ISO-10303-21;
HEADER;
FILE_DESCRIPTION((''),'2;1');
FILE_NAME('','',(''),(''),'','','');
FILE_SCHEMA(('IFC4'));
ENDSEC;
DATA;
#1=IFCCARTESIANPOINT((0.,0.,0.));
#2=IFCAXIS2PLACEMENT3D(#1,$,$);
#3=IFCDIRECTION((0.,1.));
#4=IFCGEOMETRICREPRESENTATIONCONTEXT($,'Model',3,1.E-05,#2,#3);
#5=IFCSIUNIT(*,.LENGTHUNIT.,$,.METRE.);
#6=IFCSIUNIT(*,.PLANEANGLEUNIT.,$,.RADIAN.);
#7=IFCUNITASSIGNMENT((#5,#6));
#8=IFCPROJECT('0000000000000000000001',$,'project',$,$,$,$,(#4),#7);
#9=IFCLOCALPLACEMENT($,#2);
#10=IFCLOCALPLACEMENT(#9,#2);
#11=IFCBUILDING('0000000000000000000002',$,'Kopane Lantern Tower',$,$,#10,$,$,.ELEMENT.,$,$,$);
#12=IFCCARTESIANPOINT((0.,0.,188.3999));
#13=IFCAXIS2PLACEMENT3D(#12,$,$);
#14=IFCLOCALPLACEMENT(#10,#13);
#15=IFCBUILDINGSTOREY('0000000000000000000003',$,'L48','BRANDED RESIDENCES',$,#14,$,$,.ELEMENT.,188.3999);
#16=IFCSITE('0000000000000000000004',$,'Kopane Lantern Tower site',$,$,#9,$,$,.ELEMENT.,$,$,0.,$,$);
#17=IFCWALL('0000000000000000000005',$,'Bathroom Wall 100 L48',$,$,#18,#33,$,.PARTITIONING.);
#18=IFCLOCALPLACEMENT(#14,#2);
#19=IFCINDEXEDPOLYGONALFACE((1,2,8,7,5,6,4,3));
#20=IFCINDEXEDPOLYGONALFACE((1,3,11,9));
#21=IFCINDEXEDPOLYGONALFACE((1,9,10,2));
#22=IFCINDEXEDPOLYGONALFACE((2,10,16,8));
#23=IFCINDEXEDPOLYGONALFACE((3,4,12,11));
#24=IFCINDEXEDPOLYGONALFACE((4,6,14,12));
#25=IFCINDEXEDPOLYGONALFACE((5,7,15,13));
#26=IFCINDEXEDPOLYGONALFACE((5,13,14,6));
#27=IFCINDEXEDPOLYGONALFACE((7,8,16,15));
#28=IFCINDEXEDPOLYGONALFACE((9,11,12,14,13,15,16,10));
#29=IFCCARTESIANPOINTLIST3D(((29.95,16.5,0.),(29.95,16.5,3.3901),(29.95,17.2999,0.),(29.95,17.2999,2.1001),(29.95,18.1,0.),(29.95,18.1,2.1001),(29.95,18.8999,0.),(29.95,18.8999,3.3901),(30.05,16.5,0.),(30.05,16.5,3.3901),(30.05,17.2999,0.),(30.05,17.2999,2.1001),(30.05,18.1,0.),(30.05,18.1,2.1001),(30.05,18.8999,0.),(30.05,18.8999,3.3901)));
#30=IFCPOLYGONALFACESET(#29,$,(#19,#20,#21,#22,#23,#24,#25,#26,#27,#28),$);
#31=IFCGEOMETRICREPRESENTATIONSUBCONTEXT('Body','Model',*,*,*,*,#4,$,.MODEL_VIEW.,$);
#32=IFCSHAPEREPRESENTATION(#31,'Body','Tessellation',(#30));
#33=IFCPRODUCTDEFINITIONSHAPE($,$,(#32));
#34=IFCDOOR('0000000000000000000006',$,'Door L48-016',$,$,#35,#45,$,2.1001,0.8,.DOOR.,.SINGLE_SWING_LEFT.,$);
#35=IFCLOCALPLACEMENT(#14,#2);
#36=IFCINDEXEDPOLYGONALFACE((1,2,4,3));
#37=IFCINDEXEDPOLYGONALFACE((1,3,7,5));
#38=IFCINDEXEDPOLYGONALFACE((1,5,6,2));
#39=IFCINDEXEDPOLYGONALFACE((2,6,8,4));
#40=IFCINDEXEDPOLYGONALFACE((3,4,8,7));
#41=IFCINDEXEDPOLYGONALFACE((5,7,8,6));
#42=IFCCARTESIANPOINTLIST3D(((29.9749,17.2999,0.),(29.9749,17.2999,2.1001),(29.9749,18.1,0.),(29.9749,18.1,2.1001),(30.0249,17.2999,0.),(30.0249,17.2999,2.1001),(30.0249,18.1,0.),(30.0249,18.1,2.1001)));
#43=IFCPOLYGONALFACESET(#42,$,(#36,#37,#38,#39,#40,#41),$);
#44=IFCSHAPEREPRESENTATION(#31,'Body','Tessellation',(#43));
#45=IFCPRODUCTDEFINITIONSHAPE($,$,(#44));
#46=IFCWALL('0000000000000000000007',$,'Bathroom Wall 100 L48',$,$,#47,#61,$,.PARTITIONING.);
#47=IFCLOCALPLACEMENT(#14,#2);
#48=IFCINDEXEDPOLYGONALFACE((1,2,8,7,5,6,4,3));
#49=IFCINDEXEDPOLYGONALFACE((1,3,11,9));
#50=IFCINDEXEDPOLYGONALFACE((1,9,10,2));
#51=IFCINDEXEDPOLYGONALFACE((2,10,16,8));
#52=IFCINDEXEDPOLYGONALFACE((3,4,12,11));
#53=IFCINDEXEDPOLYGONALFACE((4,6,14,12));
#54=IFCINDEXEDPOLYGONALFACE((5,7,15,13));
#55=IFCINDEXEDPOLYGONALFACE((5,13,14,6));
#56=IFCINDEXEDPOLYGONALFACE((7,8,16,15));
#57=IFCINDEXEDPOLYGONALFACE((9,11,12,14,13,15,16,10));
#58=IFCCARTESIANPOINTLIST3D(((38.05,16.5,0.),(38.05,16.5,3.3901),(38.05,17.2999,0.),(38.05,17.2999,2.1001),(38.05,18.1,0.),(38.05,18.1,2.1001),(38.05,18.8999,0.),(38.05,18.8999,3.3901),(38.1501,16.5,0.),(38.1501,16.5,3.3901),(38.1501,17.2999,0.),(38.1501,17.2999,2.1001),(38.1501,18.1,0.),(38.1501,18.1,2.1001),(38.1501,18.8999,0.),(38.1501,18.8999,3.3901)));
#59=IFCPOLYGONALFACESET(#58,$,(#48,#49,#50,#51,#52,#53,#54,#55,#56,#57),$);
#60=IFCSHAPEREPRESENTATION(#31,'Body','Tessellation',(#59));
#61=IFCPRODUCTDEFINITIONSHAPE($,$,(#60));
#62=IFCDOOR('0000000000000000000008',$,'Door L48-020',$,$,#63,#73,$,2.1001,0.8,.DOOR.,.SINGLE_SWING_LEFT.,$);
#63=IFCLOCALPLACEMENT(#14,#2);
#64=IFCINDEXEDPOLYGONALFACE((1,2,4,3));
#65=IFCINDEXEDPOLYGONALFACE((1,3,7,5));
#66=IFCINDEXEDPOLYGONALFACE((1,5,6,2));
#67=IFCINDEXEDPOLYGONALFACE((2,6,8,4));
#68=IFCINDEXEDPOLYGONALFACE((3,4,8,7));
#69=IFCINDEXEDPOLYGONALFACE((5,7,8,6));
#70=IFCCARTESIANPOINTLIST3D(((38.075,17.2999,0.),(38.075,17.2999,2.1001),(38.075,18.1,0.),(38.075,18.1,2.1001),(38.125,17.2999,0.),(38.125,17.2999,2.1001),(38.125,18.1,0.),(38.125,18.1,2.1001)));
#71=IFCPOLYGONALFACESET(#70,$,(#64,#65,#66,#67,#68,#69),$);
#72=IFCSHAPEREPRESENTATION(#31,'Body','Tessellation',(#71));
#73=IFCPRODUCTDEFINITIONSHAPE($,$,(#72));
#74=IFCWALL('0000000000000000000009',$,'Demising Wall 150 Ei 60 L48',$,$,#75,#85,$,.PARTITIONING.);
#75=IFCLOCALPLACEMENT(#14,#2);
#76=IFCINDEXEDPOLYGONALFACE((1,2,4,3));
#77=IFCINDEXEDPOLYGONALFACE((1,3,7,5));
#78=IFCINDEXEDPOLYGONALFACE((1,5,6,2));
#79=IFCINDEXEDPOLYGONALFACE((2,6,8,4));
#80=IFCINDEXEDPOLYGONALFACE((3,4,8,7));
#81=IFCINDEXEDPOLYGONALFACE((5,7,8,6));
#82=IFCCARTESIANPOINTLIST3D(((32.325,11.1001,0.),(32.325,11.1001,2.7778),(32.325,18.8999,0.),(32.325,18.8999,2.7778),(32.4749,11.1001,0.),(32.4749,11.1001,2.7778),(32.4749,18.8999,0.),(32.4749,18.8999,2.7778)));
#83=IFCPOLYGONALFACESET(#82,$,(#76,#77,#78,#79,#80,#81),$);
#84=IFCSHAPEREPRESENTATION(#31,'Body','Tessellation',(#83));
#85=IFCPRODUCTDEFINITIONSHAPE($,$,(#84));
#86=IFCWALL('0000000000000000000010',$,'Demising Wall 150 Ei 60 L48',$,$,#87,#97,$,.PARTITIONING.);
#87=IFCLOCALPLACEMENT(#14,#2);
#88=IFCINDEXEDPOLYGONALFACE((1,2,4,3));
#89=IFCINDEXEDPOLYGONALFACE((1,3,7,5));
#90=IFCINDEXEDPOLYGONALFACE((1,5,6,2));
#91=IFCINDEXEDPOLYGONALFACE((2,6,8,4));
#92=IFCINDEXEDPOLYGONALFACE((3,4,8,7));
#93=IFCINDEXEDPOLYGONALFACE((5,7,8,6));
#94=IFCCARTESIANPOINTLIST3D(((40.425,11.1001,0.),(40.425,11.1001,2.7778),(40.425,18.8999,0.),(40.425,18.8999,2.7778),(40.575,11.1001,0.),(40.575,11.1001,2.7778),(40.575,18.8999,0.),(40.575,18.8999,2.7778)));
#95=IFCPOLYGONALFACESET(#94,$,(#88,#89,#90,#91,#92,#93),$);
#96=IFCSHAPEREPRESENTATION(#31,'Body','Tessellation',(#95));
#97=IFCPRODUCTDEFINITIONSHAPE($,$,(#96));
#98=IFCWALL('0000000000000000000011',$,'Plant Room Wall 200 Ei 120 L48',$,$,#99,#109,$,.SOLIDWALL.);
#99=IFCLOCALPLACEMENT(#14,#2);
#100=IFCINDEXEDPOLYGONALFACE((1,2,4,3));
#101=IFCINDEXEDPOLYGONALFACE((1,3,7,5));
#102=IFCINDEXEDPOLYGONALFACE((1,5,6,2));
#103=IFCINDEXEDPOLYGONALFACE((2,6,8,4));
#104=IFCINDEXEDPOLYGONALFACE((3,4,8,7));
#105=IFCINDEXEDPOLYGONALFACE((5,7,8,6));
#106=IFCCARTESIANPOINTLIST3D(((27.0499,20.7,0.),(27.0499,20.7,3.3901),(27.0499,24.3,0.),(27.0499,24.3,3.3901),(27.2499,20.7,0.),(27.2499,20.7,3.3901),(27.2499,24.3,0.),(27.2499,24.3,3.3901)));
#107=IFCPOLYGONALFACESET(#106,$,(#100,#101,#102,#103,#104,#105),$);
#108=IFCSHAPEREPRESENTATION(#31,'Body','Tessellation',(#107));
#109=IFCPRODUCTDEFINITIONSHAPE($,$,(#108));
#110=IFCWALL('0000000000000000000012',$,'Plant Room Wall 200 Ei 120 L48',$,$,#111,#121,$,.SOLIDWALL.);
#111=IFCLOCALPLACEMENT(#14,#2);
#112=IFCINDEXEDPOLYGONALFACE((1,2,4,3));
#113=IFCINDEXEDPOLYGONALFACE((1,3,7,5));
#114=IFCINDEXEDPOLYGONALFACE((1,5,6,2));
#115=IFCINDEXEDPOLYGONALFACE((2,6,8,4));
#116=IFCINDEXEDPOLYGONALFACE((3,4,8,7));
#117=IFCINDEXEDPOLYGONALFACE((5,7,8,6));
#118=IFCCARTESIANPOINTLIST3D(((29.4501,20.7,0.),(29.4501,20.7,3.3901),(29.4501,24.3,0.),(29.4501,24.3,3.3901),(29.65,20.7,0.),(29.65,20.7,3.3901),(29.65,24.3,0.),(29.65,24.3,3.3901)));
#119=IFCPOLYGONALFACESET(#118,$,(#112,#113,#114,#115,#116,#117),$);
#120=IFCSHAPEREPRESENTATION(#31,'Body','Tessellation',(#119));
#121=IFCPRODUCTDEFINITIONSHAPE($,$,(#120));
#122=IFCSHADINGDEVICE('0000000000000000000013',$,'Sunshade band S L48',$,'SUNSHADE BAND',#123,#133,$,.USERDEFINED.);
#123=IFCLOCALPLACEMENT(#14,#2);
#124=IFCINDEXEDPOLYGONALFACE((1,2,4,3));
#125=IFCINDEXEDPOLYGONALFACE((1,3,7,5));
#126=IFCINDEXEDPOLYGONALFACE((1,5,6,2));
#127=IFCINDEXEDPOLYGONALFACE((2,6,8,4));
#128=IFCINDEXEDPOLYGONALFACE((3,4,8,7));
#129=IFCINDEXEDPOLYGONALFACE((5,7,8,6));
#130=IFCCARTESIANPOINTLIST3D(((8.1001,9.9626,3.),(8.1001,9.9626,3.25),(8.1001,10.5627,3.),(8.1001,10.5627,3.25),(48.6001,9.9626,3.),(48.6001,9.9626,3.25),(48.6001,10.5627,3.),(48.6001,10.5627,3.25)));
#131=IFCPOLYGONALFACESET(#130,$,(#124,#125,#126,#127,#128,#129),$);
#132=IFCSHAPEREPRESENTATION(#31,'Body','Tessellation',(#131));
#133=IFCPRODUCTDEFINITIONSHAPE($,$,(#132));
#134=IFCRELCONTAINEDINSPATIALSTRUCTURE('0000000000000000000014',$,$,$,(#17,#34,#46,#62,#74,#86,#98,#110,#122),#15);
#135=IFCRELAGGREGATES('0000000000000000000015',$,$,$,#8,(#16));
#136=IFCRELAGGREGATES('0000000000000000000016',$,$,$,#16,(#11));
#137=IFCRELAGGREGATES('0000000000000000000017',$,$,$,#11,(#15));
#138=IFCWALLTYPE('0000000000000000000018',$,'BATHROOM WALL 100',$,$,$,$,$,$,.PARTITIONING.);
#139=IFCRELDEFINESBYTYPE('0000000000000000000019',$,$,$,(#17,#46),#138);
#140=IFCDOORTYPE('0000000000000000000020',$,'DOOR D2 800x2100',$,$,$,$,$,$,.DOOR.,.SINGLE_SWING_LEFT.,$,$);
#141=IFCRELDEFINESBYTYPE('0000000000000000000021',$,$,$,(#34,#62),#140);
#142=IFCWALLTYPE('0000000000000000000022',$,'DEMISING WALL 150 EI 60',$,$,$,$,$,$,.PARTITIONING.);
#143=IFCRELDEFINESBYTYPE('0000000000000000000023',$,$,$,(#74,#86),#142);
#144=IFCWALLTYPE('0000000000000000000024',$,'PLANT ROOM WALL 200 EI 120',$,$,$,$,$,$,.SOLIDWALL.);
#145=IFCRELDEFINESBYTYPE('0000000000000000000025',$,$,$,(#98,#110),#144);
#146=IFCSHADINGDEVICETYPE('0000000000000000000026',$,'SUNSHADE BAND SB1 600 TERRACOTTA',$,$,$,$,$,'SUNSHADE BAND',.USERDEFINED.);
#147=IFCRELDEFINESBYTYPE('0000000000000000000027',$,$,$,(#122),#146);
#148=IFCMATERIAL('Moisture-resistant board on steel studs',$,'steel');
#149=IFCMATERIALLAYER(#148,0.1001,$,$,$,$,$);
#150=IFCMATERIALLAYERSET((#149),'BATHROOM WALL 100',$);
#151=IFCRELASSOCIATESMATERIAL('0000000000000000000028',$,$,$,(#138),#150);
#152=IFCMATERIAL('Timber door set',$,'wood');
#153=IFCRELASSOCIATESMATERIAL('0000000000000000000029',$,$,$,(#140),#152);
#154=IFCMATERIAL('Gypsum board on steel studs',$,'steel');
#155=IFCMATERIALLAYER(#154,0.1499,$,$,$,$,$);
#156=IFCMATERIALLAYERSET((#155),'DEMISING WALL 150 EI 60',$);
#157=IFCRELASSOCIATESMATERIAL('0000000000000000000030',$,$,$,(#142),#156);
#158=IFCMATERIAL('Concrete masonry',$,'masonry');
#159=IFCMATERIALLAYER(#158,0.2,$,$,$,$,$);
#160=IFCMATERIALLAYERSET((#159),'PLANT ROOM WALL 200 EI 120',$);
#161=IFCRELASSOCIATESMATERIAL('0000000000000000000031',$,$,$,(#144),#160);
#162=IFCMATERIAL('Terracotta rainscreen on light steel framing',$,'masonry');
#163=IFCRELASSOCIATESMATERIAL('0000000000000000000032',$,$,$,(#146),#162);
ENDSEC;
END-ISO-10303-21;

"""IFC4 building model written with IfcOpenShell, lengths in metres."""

from ifc_helpers import new_model, si_unit, direction, frame, frame_2d, origin, origin_2d, place, context, subcontext, project, spatial, rectangle, extrude, material, layer, layer_set, type_object, element, fill, save


model = new_model("IFC4")

# Units and contexts
model_context = context("Model", 3, precision=1e-05, world=origin(), true_north=direction((0.0, 1.0)))
body_context = subcontext(model_context, "Body", "Model", "MODEL_VIEW")
ifc_project = project(units=[si_unit("LENGTHUNIT", "METRE"), si_unit("PLANEANGLEUNIT", "RADIAN")], contexts=[model_context])

# Site, building, storey
site_placement = place(None, origin())
site = spatial("IfcSite", under=ifc_project, at=site_placement, Name="Kopane Lantern Tower site", CompositionType="ELEMENT", RefElevation=0.0)
building_placement = place(site_placement, origin())
building = spatial("IfcBuilding", under=site, at=building_placement, Name="Kopane Lantern Tower", CompositionType="ELEMENT")
storey_placement = place(building_placement, frame((0.0, 0.0, 188.3999)))
storey = spatial("IfcBuildingStorey", under=building, at=storey_placement, Name="L48", Description="BRANDED RESIDENCES", CompositionType="ELEMENT", Elevation=188.3999)

# Walls, openings, doors
ifc_material_1 = material(Name="Moisture-resistant board on steel studs", Category="steel")
ifc_layer_1 = layer(ifc_material_1, 0.1001)
ifc_layer_set_1 = layer_set([ifc_layer_1], Name="BATHROOM WALL 100")
wall_type_1 = type_object("IfcWallType", Name="BATHROOM WALL 100", PredefinedType="PARTITIONING", material=ifc_layer_set_1)
wall_1_placement = place(storey_placement, frame((30.0, 18.8999, 0.0), z_axis=(0.0, 0.0, 1.0), x_axis=(0.0, -1.0, 0.0)))
wall_1 = element("IfcWall", 1, at=wall_1_placement, inside=storey, type_object=wall_type_1, Name="Bathroom Wall 100 L48", PredefinedType="PARTITIONING", context=body_context, shape_type="SweptSolid", body=[
    extrude(rectangle(XDim=2.3999, YDim=0.1001, at=frame_2d((1.2, 0.0))), origin(), (0.0, 0.0, 1.0), 3.3901),
])
opening_1_placement = place(wall_1_placement, frame((0.8, 0.0, 0.0)))
opening_1 = element("IfcOpeningElement", 2, at=opening_1_placement, cuts=wall_1, PredefinedType="OPENING", context=body_context, shape_type="SweptSolid", body=[
    extrude(rectangle(XDim=0.8, YDim=2.1001, at=frame_2d((0.3999, 1.05))), frame((0.0, 0.0601, 0.0), z_axis=(0.0, -1.0, 0.0), x_axis=(1.0, 0.0, 0.0)), (0.0, 0.0, 1.0), 0.1201),
])
ifc_material_2 = material(Name="Timber door set", Category="wood")
door_type = type_object("IfcDoorType", Name="DOOR D2 800x2100", OperationType="SINGLE_SWING_LEFT", PredefinedType="DOOR", material=ifc_material_2)
door_1_placement = place(opening_1_placement, origin())
door_1 = element("IfcDoor", 3, at=door_1_placement, inside=storey, type_object=door_type, Name="Door L48-016", OperationType="SINGLE_SWING_LEFT", OverallHeight=2.1001, OverallWidth=0.8, PredefinedType="DOOR", context=body_context, shape_type="SweptSolid", body=[
    extrude(rectangle(XDim=0.8, YDim=2.1001, at=frame_2d((0.3999, 1.05))), frame((0.0, 0.0249, 0.0), z_axis=(0.0, -1.0, 0.0), x_axis=(1.0, 0.0, 0.0)), (0.0, 0.0, 1.0), 0.05),
])
fill(opening_1, door_1)
wall_2_placement = place(storey_placement, frame((38.1001, 18.8999, 0.0), z_axis=(0.0, 0.0, 1.0), x_axis=(0.0, -1.0, 0.0)))
wall_2 = element("IfcWall", 4, at=wall_2_placement, inside=storey, type_object=wall_type_1, Name="Bathroom Wall 100 L48", PredefinedType="PARTITIONING", context=body_context, shape_type="SweptSolid", body=[
    extrude(rectangle(XDim=2.3999, YDim=0.1001, at=frame_2d((1.2, 0.0))), origin(), (0.0, 0.0, 1.0), 3.3901),
])
opening_2_placement = place(wall_2_placement, frame((0.8, 0.0, 0.0)))
opening_2 = element("IfcOpeningElement", 5, at=opening_2_placement, cuts=wall_2, PredefinedType="OPENING", context=body_context, shape_type="SweptSolid", body=[
    extrude(rectangle(XDim=0.8, YDim=2.1001, at=frame_2d((0.3999, 1.05))), frame((0.0, 0.0601, 0.0), z_axis=(0.0, -1.0, 0.0), x_axis=(1.0, 0.0, 0.0)), (0.0, 0.0, 1.0), 0.1201),
])
door_2_placement = place(opening_2_placement, origin())
door_2 = element("IfcDoor", 6, at=door_2_placement, inside=storey, type_object=door_type, Name="Door L48-020", OperationType="SINGLE_SWING_LEFT", OverallHeight=2.1001, OverallWidth=0.8, PredefinedType="DOOR", context=body_context, shape_type="SweptSolid", body=[
    extrude(rectangle(XDim=0.8, YDim=2.1001, at=frame_2d((0.3999, 1.05))), frame((0.0, 0.0249, 0.0), z_axis=(0.0, -1.0, 0.0), x_axis=(1.0, 0.0, 0.0)), (0.0, 0.0, 1.0), 0.05),
])
fill(opening_2, door_2)

# Walls
ifc_material_3 = material(Name="Gypsum board on steel studs", Category="steel")
ifc_layer_2 = layer(ifc_material_3, 0.1499)
ifc_layer_set_2 = layer_set([ifc_layer_2], Name="DEMISING WALL 150 EI 60")
wall_type_2 = type_object("IfcWallType", Name="DEMISING WALL 150 EI 60", PredefinedType="PARTITIONING", material=ifc_layer_set_2)
for number, where, z_axis, x_axis, name in (
    (7, (32.3999, 18.8999, 0.0), (0.0, 0.0, 1.0), (0.0, -1.0, 0.0), "Demising Wall 150 Ei 60 L48"),
    (8, (40.5, 18.8999, 0.0), (0.0, 0.0, 1.0), (0.0, -1.0, 0.0), "Demising Wall 150 Ei 60 L48"),
):
    element("IfcWall", number, at=place(storey_placement, frame(where, z_axis=z_axis, x_axis=x_axis)), inside=storey, type_object=wall_type_2, Name=name, PredefinedType="PARTITIONING", context=body_context, shape_type="SweptSolid", body=[
        extrude(rectangle(XDim=7.7998, YDim=0.1499, at=frame_2d((3.8999, 0.0))), origin(), (0.0, 0.0, 1.0), 2.7778),
    ])
ifc_material_4 = material(Name="Concrete masonry", Category="masonry")
ifc_layer_3 = layer(ifc_material_4, 0.2)
ifc_layer_set_3 = layer_set([ifc_layer_3], Name="PLANT ROOM WALL 200 EI 120")
wall_type_3 = type_object("IfcWallType", Name="PLANT ROOM WALL 200 EI 120", PredefinedType="SOLIDWALL", material=ifc_layer_set_3)
for number, where, z_axis, x_axis, name in (
    (9, (27.1499, 20.7, 0.0), (0.0, 0.0, 1.0), (0.0, 1.0, 0.0), "Plant Room Wall 200 Ei 120 L48"),
    (10, (29.55, 20.7, 0.0), (0.0, 0.0, 1.0), (0.0, 1.0, 0.0), "Plant Room Wall 200 Ei 120 L48"),
):
    element("IfcWall", number, at=place(storey_placement, frame(where, z_axis=z_axis, x_axis=x_axis)), inside=storey, type_object=wall_type_3, Name=name, PredefinedType="SOLIDWALL", context=body_context, shape_type="SweptSolid", body=[
        extrude(rectangle(XDim=3.6001, YDim=0.2, at=frame_2d((1.8, 0.0))), origin(), (0.0, 0.0, 1.0), 3.3901),
    ])

# Shading device
ifc_material_5 = material(Name="Terracotta rainscreen on light steel framing", Category="masonry")
shading_device_type = type_object("IfcShadingDeviceType", Name="SUNSHADE BAND SB1 600 TERRACOTTA", ElementType="SUNSHADE BAND", PredefinedType="USERDEFINED", material=ifc_material_5)
shading_device_placement = place(storey_placement, frame((28.3501, 10.2627, 3.0), z_axis=(0.0, 0.0, 1.0), x_axis=(1.0, 0.0, 0.0)))
element("IfcShadingDevice", 11, at=shading_device_placement, inside=storey, type_object=shading_device_type, Name="Sunshade band S L48", ObjectType="SUNSHADE BAND", PredefinedType="USERDEFINED", context=body_context, shape_type="SweptSolid", body=[
    extrude(rectangle(XDim=40.5, YDim=0.6001, at=origin_2d()), origin(), (0.0, 0.0, 1.0), 0.25),
])

save(model, "model.ifc")
